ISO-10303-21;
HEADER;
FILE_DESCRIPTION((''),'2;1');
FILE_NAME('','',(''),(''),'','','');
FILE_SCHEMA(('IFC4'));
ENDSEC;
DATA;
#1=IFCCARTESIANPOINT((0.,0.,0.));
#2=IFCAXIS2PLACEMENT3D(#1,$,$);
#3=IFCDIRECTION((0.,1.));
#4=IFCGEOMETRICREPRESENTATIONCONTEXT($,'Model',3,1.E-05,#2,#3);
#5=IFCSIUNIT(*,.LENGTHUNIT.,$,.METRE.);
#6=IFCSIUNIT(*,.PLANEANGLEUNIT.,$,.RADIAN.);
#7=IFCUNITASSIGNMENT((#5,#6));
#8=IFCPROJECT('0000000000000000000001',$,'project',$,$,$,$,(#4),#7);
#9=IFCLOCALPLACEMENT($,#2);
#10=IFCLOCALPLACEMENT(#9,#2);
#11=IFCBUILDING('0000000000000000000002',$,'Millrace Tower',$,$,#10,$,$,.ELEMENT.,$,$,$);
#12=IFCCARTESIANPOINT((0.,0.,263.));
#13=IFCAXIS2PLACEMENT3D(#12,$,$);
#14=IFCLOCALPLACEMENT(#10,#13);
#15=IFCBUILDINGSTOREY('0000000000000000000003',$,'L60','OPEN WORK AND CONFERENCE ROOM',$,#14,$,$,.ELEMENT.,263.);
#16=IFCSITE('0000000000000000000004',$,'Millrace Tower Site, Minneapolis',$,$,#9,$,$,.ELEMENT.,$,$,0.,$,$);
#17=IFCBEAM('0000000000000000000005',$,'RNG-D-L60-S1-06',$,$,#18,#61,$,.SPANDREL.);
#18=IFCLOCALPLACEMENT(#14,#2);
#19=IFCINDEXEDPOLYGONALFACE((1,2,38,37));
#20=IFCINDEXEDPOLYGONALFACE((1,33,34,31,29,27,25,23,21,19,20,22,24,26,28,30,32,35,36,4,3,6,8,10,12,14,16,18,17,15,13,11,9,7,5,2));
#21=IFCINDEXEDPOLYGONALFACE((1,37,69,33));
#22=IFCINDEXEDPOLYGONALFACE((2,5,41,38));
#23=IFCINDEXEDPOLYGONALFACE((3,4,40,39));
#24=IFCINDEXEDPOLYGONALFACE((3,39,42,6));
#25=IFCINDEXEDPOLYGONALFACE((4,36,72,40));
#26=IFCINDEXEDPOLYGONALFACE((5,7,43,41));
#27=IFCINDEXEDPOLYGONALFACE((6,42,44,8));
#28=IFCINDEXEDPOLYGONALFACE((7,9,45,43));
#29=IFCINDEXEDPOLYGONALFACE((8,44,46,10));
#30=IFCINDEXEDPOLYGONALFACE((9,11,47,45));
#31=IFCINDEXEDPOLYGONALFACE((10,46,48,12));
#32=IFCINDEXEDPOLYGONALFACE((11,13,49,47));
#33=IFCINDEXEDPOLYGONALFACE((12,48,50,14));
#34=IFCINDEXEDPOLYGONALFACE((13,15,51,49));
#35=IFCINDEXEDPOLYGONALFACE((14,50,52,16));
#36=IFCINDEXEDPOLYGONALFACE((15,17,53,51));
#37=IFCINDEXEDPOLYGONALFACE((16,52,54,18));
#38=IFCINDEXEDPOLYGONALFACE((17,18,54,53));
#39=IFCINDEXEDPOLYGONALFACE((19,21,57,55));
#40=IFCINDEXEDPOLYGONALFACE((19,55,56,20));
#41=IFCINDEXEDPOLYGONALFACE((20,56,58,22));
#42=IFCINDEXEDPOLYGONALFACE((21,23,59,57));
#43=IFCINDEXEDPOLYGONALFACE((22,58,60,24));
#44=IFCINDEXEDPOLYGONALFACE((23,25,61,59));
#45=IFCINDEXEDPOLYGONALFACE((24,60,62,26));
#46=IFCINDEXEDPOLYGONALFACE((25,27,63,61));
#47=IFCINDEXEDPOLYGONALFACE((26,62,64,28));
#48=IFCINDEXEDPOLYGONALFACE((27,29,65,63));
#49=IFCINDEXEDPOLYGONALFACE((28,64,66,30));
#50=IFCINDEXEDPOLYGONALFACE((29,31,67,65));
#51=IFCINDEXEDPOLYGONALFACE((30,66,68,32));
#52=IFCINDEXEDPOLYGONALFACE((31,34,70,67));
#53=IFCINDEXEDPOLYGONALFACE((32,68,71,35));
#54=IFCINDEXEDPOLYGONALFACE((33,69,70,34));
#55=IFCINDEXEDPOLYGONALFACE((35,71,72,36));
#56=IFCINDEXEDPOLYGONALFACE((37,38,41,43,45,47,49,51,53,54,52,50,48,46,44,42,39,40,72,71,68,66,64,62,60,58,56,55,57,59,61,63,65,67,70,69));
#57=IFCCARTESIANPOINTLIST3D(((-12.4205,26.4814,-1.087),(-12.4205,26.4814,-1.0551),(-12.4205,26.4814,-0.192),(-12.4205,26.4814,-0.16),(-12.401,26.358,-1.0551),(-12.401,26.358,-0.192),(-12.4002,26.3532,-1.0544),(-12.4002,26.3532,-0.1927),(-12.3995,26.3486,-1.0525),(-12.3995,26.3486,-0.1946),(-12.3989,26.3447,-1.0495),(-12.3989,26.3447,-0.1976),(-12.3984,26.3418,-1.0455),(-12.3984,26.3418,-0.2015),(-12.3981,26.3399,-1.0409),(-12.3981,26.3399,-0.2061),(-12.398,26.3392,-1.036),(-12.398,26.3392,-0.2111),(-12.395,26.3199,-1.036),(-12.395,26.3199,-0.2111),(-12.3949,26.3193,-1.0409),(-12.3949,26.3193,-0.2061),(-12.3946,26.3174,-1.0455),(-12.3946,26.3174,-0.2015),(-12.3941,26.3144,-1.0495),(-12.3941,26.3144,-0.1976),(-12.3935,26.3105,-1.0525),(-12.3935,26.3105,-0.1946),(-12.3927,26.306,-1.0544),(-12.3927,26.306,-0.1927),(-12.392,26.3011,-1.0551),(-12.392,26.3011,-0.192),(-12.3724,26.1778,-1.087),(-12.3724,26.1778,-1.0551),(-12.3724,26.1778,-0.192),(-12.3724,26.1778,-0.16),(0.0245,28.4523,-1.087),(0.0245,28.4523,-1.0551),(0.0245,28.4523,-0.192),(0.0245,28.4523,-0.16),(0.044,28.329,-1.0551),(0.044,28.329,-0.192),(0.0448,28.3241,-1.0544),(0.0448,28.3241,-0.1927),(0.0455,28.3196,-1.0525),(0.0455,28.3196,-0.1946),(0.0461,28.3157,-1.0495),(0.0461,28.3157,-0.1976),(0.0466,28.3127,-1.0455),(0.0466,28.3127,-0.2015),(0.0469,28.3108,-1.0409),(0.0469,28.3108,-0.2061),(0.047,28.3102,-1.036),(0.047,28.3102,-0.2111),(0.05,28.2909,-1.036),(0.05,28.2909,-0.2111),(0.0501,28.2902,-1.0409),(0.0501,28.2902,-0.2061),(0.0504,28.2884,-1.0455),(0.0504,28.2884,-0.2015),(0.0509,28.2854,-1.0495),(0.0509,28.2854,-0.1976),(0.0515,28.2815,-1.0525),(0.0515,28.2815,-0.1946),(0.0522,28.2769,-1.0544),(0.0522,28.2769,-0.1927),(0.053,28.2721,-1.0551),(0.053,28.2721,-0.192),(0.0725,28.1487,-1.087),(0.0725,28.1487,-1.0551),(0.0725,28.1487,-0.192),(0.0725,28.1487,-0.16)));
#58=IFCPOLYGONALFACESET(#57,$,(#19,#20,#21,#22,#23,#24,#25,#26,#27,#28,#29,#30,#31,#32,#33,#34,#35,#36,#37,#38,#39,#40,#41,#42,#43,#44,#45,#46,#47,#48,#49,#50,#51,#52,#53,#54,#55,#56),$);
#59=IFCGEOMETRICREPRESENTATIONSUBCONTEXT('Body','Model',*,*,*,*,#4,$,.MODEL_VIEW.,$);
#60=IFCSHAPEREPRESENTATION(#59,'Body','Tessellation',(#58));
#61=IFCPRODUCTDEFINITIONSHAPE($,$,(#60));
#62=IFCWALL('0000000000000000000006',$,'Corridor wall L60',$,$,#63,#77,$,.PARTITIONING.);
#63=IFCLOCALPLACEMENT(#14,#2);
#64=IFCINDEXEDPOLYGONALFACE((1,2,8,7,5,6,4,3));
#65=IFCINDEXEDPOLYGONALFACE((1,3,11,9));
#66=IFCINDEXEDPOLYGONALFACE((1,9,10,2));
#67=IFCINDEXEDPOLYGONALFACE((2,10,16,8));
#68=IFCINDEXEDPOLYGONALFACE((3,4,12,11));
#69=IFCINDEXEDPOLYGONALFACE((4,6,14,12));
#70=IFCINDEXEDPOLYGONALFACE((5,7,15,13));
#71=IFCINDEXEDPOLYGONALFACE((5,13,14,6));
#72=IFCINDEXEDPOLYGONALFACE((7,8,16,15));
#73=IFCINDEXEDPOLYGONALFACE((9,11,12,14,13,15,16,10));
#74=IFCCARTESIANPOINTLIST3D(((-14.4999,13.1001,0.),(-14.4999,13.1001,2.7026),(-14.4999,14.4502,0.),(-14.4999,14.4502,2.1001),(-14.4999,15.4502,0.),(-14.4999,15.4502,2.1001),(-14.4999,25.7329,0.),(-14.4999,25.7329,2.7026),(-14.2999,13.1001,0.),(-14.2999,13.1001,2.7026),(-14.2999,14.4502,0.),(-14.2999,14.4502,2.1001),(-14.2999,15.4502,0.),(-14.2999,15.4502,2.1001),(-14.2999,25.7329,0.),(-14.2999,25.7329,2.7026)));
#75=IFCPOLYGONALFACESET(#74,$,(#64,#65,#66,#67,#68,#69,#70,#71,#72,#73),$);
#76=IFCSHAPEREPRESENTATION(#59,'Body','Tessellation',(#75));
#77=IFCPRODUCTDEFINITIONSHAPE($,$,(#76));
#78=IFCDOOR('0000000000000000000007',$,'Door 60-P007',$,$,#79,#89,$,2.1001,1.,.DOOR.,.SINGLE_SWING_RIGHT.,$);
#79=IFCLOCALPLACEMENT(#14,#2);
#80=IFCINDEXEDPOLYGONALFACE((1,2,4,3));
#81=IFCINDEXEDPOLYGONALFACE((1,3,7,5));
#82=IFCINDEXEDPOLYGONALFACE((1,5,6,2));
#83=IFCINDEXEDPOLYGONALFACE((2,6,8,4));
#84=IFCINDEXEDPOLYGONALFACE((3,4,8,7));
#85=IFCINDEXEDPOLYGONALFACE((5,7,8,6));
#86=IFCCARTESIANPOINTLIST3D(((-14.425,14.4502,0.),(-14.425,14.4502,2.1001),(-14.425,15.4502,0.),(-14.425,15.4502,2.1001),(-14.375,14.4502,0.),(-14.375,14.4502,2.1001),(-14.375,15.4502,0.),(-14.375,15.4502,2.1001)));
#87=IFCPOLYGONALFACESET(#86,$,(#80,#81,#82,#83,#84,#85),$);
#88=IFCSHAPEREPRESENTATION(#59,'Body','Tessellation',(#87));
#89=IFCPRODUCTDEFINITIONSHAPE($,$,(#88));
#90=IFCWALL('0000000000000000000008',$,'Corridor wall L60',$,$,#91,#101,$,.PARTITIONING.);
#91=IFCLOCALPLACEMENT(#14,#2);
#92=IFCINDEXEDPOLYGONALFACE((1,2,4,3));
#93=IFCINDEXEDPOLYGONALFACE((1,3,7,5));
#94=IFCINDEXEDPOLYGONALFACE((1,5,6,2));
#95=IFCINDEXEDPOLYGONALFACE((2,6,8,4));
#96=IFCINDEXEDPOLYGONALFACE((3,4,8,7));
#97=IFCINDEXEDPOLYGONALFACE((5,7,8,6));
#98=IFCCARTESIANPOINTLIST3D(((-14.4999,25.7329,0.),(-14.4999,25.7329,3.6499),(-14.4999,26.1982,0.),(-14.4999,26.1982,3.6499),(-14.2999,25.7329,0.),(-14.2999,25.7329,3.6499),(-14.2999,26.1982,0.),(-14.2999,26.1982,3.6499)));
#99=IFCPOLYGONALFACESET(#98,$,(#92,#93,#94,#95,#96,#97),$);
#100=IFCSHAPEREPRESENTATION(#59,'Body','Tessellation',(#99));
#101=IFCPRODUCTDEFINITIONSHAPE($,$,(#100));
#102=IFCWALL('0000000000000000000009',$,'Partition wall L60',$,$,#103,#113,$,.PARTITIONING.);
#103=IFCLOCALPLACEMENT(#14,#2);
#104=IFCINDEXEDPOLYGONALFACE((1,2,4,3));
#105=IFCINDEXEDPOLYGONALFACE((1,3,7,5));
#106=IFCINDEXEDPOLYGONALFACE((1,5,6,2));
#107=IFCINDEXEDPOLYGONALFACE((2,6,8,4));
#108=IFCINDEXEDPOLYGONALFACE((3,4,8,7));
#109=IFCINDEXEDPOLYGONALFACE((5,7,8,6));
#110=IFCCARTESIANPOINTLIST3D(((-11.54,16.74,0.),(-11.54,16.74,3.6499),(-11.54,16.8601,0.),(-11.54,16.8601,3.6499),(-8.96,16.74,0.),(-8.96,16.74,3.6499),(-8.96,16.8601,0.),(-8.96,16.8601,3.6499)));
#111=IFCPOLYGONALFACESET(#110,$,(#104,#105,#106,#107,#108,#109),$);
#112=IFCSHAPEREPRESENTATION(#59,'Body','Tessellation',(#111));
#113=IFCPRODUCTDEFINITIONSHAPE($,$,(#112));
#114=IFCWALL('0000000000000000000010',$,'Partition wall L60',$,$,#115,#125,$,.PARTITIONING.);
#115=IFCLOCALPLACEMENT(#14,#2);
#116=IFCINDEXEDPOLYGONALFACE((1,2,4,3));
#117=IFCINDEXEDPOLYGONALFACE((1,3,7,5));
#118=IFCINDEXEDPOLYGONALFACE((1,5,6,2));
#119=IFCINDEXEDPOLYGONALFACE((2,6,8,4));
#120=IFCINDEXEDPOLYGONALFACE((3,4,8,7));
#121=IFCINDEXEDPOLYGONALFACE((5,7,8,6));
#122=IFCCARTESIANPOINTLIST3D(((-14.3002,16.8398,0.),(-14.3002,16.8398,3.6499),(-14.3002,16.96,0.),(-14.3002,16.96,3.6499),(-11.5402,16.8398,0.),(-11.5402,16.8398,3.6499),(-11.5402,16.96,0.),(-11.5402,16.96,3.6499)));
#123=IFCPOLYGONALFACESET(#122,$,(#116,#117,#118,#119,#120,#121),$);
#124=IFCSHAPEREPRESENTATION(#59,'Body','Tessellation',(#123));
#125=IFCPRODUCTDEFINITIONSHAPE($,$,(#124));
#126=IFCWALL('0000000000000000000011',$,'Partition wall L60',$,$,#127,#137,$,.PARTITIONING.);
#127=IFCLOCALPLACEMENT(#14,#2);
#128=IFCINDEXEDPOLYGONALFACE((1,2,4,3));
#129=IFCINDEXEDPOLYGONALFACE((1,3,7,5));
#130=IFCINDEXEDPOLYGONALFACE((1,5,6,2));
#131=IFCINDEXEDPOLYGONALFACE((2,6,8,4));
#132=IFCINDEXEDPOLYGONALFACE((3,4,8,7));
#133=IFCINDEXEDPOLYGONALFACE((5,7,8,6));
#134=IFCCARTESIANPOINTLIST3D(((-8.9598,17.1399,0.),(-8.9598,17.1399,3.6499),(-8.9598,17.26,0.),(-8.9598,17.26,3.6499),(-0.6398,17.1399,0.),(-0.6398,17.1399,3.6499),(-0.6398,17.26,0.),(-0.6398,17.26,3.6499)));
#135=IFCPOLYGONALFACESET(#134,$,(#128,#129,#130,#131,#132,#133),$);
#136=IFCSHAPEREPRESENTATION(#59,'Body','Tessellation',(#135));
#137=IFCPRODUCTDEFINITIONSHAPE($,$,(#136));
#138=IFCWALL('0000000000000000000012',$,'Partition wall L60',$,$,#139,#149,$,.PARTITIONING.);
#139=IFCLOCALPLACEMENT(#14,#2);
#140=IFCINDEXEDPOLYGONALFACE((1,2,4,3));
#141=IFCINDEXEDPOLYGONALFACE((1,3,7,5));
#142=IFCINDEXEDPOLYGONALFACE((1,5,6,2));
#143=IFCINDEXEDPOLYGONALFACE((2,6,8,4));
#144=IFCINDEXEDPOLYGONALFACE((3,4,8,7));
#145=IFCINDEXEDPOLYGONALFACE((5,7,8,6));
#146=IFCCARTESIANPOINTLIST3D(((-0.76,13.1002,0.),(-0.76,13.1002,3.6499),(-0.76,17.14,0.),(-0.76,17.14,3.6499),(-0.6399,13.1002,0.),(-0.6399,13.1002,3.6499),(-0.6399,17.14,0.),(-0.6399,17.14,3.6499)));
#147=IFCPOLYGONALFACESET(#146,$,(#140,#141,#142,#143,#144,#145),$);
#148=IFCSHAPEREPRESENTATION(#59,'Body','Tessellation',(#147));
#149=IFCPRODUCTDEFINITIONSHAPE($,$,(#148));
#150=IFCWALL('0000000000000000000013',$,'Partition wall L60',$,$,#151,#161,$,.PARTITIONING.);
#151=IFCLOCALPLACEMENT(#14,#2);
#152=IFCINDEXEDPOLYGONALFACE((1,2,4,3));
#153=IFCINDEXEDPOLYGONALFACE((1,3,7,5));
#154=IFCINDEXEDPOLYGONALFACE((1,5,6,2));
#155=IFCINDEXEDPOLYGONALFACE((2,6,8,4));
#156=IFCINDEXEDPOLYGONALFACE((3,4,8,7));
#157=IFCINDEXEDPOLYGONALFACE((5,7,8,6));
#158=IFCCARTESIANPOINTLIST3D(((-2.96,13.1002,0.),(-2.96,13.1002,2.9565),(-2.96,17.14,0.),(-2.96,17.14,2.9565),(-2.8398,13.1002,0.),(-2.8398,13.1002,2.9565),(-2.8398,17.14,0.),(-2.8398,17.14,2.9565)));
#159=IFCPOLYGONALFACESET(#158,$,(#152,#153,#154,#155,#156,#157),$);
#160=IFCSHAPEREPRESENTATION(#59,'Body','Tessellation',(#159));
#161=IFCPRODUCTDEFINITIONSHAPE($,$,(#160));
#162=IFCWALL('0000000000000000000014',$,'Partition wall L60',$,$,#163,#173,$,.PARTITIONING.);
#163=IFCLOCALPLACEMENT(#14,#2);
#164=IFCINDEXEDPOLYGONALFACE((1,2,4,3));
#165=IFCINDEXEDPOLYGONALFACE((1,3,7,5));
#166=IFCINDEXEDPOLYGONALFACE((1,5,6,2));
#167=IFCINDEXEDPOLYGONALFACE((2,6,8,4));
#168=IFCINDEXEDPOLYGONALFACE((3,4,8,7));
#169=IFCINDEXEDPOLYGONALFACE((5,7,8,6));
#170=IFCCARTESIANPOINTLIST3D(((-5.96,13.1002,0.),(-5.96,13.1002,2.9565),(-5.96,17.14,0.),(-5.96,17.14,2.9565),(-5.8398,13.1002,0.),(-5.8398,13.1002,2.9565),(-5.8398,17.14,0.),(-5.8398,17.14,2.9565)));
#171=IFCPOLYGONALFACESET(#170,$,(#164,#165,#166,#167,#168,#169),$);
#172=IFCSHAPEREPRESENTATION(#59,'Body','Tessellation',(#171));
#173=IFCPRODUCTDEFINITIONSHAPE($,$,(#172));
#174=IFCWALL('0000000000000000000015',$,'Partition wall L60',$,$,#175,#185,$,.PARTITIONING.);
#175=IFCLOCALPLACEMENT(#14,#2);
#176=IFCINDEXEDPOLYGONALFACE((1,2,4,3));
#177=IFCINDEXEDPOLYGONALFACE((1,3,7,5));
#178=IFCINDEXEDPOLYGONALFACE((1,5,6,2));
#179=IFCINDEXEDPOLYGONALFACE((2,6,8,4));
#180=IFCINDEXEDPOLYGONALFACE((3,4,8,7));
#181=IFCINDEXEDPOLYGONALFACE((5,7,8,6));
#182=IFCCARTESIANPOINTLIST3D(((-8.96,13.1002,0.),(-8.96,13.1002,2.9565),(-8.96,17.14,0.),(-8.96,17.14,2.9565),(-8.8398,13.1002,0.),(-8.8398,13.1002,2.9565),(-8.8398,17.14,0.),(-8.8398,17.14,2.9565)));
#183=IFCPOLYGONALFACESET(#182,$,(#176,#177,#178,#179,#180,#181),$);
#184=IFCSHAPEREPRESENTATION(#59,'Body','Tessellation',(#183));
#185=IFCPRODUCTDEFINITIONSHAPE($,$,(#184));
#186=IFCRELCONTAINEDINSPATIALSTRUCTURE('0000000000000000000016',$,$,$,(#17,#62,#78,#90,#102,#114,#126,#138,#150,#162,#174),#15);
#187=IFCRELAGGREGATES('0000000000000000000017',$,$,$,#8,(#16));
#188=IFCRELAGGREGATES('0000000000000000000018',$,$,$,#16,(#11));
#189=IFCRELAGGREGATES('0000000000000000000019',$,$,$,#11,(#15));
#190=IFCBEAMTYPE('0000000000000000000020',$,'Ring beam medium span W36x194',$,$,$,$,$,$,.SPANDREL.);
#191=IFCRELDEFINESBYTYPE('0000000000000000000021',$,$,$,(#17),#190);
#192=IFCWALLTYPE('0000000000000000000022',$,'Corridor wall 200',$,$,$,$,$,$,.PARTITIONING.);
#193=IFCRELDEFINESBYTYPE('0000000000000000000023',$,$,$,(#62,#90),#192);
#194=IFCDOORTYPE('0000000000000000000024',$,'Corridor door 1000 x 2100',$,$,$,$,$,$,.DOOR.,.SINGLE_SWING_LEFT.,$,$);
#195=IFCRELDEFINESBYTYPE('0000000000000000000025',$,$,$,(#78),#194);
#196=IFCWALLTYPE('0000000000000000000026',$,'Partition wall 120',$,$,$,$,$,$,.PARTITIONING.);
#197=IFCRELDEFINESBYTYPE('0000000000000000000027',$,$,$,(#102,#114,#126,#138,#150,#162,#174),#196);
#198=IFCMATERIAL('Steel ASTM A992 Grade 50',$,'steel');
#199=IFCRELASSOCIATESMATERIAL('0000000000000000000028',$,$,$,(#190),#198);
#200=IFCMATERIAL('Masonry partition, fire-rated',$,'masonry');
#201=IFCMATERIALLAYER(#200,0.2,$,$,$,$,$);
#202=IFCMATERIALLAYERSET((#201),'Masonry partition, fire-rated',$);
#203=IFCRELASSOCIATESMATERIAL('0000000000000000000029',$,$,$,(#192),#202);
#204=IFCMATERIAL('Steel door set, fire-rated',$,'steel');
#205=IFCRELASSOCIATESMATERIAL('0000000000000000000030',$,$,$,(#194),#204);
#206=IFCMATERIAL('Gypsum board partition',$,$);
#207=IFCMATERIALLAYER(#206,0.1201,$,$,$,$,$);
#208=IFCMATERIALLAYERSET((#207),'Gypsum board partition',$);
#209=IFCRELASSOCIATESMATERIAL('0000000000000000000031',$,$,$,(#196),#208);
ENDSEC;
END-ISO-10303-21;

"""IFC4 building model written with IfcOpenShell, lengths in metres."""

from ifc_helpers import new_model, si_unit, direction, frame, frame_2d, origin, origin_2d, place, context, subcontext, project, spatial, rectangle, i_section, extrude, material, layer, layer_set, material_profile, profile_set, type_object, element, fill, save


model = new_model("IFC4")

# Units and contexts
model_context = context("Model", 3, precision=1e-05, world=origin(), true_north=direction((0.0, 1.0)))
body_context = subcontext(model_context, "Body", "Model", "MODEL_VIEW")
ifc_project = project(units=[si_unit("LENGTHUNIT", "METRE"), si_unit("PLANEANGLEUNIT", "RADIAN")], contexts=[model_context])

# Site, building, storey
site_placement = place(None, origin())
site = spatial("IfcSite", under=ifc_project, at=site_placement, Name="Millrace Tower Site, Minneapolis", CompositionType="ELEMENT", RefElevation=0.0)
building_placement = place(site_placement, origin())
building = spatial("IfcBuilding", under=site, at=building_placement, Name="Millrace Tower", CompositionType="ELEMENT")
storey_placement = place(building_placement, frame((0.0, 0.0, 263.0)))
storey = spatial("IfcBuildingStorey", under=building, at=storey_placement, Name="L60", Description="OPEN WORK AND CONFERENCE ROOM", CompositionType="ELEMENT", Elevation=263.0)

# Beam
ifc_material_1 = material(Name="Steel ASTM A992 Grade 50", Category="steel")
ifc_material_profile_1 = material_profile(ifc_material_1, i_section(OverallWidth=0.3074, OverallDepth=0.927, WebThickness=0.0195, FlangeThickness=0.032, FilletRadius=0.019, at=origin_2d()))
ifc_profile_set_1 = profile_set([ifc_material_profile_1], Name="Steel ASTM A992 Grade 50")
beam_type_1 = type_object("IfcBeamType", Name="Ring beam medium span W36x194", PredefinedType="SPANDREL", material=ifc_profile_set_1)
beam_1_placement = place(storey_placement, frame((-12.3965, 26.3296, -0.6235), z_axis=(0.98769, 0.156422, 0.0), x_axis=(-0.156422, 0.98769, 0.0)))
element("IfcBeam", 1, at=beam_1_placement, inside=storey, type_object=beam_type_1, Name="RNG-D-L60-S1-06", PredefinedType="SPANDREL", context=body_context, shape_type="SweptSolid", body=[
    extrude(i_section(OverallWidth=0.3074, OverallDepth=0.927, WebThickness=0.0195, FlangeThickness=0.032, FilletRadius=0.019, at=origin_2d()), origin(), (0.0, 0.0, 1.0), 12.6001),
])

# Wall, opening, door
ifc_material_2 = material(Name="Masonry partition, fire-rated", Category="masonry")
ifc_layer_1 = layer(ifc_material_2, 0.2)
ifc_layer_set_1 = layer_set([ifc_layer_1], Name="Masonry partition, fire-rated")
wall_type_1 = type_object("IfcWallType", Name="Corridor wall 200", PredefinedType="PARTITIONING", material=ifc_layer_set_1)
wall_1_placement = place(storey_placement, frame((-14.3999, 13.1001, 0.0), z_axis=(0.0, 0.0, 1.0), x_axis=(0.0, 1.0, 0.0)))
wall_1 = element("IfcWall", 2, at=wall_1_placement, inside=storey, type_object=wall_type_1, Name="Corridor wall L60", PredefinedType="PARTITIONING", context=body_context, shape_type="SweptSolid", body=[
    extrude(rectangle(XDim=12.6328, YDim=0.2, at=frame_2d((6.3164, 0.0))), origin(), (0.0, 0.0, 1.0), 2.7026),
])
opening_placement = place(wall_1_placement, frame((1.3501, 0.0, 0.0)))
opening = element("IfcOpeningElement", 3, at=opening_placement, cuts=wall_1, PredefinedType="OPENING", context=body_context, shape_type="SweptSolid", body=[
    extrude(rectangle(XDim=1.0, YDim=2.1001, at=frame_2d((0.5, 1.05))), frame((0.0, 0.1099, 0.0), z_axis=(0.0, -1.0, 0.0), x_axis=(1.0, 0.0, 0.0)), (0.0, 0.0, 1.0), 0.22),
])
ifc_material_3 = material(Name="Steel door set, fire-rated", Category="steel")
door_type = type_object("IfcDoorType", Name="Corridor door 1000 x 2100", OperationType="SINGLE_SWING_LEFT", PredefinedType="DOOR", material=ifc_material_3)
door_placement = place(opening_placement, frame((1.0, 0.0, 0.0), z_axis=(0.0, 0.0, 1.0), x_axis=(-1.0, 0.0, 0.0)))
door = element("IfcDoor", 4, at=door_placement, inside=storey, type_object=door_type, Name="Door 60-P007", OperationType="SINGLE_SWING_RIGHT", OverallHeight=2.1001, OverallWidth=1.0, PredefinedType="DOOR", context=body_context, shape_type="SweptSolid", body=[
    extrude(rectangle(XDim=1.0, YDim=2.1001, at=frame_2d((0.5, 1.05))), frame((0.0, 0.0249, 0.0), z_axis=(0.0, -1.0, 0.0), x_axis=(1.0, 0.0, 0.0)), (0.0, 0.0, 1.0), 0.05),
])
fill(opening, door)

# Walls
wall_2_placement = place(storey_placement, frame((-14.3999, 25.7329, 0.0), z_axis=(0.0, 0.0, 1.0), x_axis=(0.0, 1.0, 0.0)))
element("IfcWall", 5, at=wall_2_placement, inside=storey, type_object=wall_type_1, Name="Corridor wall L60", PredefinedType="PARTITIONING", context=body_context, shape_type="SweptSolid", body=[
    extrude(rectangle(XDim=0.4653, YDim=0.2, at=frame_2d((0.2327, 0.0))), origin(), (0.0, 0.0, 1.0), 3.6499),
])
ifc_material_4 = material(Name="Gypsum board partition")
ifc_layer_2 = layer(ifc_material_4, 0.1201)
ifc_layer_set_2 = layer_set([ifc_layer_2], Name="Gypsum board partition")
wall_type_2 = type_object("IfcWallType", Name="Partition wall 120", PredefinedType="PARTITIONING", material=ifc_layer_set_2)
wall_3_placement = place(storey_placement, frame((-11.54, 16.8, 0.0), z_axis=(0.0, 0.0, 1.0), x_axis=(1.0, 0.0, 0.0)))
element("IfcWall", 6, at=wall_3_placement, inside=storey, type_object=wall_type_2, Name="Partition wall L60", PredefinedType="PARTITIONING", context=body_context, shape_type="SweptSolid", body=[
    extrude(rectangle(XDim=2.5801, YDim=0.1201, at=frame_2d((1.29, 0.0))), origin(), (0.0, 0.0, 1.0), 3.6499),
])
wall_4_placement = place(storey_placement, frame((-14.3, 16.8999, 0.0), z_axis=(0.0, 0.0, 1.0), x_axis=(1.0, 0.0, 0.0)))
element("IfcWall", 7, at=wall_4_placement, inside=storey, type_object=wall_type_2, Name="Partition wall L60", PredefinedType="PARTITIONING", context=body_context, shape_type="SweptSolid", body=[
    extrude(rectangle(XDim=2.76, YDim=0.1201, at=frame_2d((1.3799, 0.0))), origin(), (0.0, 0.0, 1.0), 3.6499),
])
wall_5_placement = place(storey_placement, frame((-8.96, 17.2, 0.0), z_axis=(0.0, 0.0, 1.0), x_axis=(1.0, 0.0, 0.0)))
element("IfcWall", 8, at=wall_5_placement, inside=storey, type_object=wall_type_2, Name="Partition wall L60", PredefinedType="PARTITIONING", context=body_context, shape_type="SweptSolid", body=[
    extrude(rectangle(XDim=8.3201, YDim=0.1201, at=frame_2d((4.1602, 0.0))), origin(), (0.0, 0.0, 1.0), 3.6499),
])
wall_6_placement = place(storey_placement, frame((-0.7, 13.1001, 0.0), z_axis=(0.0, 0.0, 1.0), x_axis=(0.0, 1.0, 0.0)))
element("IfcWall", 9, at=wall_6_placement, inside=storey, type_object=wall_type_2, Name="Partition wall L60", PredefinedType="PARTITIONING", context=body_context, shape_type="SweptSolid", body=[
    extrude(rectangle(XDim=4.0398, YDim=0.1201, at=frame_2d((2.02, 0.0))), origin(), (0.0, 0.0, 1.0), 3.6499),
])
for number, where, z_axis, x_axis, name in (
    (10, (-2.8999, 13.1001, 0.0), (0.0, 0.0, 1.0), (0.0, 1.0, 0.0), "Partition wall L60"),
    (11, (-5.8999, 13.1001, 0.0), (0.0, 0.0, 1.0), (0.0, 1.0, 0.0), "Partition wall L60"),
    (12, (-8.8999, 13.1001, 0.0), (0.0, 0.0, 1.0), (0.0, 1.0, 0.0), "Partition wall L60"),
):
    element("IfcWall", number, at=place(storey_placement, frame(where, z_axis=z_axis, x_axis=x_axis)), inside=storey, type_object=wall_type_2, Name=name, PredefinedType="PARTITIONING", context=body_context, shape_type="SweptSolid", body=[
        extrude(rectangle(XDim=4.0398, YDim=0.1201, at=frame_2d((2.02, 0.0))), origin(), (0.0, 0.0, 1.0), 2.9565),
    ])

save(model, "model.ifc")
